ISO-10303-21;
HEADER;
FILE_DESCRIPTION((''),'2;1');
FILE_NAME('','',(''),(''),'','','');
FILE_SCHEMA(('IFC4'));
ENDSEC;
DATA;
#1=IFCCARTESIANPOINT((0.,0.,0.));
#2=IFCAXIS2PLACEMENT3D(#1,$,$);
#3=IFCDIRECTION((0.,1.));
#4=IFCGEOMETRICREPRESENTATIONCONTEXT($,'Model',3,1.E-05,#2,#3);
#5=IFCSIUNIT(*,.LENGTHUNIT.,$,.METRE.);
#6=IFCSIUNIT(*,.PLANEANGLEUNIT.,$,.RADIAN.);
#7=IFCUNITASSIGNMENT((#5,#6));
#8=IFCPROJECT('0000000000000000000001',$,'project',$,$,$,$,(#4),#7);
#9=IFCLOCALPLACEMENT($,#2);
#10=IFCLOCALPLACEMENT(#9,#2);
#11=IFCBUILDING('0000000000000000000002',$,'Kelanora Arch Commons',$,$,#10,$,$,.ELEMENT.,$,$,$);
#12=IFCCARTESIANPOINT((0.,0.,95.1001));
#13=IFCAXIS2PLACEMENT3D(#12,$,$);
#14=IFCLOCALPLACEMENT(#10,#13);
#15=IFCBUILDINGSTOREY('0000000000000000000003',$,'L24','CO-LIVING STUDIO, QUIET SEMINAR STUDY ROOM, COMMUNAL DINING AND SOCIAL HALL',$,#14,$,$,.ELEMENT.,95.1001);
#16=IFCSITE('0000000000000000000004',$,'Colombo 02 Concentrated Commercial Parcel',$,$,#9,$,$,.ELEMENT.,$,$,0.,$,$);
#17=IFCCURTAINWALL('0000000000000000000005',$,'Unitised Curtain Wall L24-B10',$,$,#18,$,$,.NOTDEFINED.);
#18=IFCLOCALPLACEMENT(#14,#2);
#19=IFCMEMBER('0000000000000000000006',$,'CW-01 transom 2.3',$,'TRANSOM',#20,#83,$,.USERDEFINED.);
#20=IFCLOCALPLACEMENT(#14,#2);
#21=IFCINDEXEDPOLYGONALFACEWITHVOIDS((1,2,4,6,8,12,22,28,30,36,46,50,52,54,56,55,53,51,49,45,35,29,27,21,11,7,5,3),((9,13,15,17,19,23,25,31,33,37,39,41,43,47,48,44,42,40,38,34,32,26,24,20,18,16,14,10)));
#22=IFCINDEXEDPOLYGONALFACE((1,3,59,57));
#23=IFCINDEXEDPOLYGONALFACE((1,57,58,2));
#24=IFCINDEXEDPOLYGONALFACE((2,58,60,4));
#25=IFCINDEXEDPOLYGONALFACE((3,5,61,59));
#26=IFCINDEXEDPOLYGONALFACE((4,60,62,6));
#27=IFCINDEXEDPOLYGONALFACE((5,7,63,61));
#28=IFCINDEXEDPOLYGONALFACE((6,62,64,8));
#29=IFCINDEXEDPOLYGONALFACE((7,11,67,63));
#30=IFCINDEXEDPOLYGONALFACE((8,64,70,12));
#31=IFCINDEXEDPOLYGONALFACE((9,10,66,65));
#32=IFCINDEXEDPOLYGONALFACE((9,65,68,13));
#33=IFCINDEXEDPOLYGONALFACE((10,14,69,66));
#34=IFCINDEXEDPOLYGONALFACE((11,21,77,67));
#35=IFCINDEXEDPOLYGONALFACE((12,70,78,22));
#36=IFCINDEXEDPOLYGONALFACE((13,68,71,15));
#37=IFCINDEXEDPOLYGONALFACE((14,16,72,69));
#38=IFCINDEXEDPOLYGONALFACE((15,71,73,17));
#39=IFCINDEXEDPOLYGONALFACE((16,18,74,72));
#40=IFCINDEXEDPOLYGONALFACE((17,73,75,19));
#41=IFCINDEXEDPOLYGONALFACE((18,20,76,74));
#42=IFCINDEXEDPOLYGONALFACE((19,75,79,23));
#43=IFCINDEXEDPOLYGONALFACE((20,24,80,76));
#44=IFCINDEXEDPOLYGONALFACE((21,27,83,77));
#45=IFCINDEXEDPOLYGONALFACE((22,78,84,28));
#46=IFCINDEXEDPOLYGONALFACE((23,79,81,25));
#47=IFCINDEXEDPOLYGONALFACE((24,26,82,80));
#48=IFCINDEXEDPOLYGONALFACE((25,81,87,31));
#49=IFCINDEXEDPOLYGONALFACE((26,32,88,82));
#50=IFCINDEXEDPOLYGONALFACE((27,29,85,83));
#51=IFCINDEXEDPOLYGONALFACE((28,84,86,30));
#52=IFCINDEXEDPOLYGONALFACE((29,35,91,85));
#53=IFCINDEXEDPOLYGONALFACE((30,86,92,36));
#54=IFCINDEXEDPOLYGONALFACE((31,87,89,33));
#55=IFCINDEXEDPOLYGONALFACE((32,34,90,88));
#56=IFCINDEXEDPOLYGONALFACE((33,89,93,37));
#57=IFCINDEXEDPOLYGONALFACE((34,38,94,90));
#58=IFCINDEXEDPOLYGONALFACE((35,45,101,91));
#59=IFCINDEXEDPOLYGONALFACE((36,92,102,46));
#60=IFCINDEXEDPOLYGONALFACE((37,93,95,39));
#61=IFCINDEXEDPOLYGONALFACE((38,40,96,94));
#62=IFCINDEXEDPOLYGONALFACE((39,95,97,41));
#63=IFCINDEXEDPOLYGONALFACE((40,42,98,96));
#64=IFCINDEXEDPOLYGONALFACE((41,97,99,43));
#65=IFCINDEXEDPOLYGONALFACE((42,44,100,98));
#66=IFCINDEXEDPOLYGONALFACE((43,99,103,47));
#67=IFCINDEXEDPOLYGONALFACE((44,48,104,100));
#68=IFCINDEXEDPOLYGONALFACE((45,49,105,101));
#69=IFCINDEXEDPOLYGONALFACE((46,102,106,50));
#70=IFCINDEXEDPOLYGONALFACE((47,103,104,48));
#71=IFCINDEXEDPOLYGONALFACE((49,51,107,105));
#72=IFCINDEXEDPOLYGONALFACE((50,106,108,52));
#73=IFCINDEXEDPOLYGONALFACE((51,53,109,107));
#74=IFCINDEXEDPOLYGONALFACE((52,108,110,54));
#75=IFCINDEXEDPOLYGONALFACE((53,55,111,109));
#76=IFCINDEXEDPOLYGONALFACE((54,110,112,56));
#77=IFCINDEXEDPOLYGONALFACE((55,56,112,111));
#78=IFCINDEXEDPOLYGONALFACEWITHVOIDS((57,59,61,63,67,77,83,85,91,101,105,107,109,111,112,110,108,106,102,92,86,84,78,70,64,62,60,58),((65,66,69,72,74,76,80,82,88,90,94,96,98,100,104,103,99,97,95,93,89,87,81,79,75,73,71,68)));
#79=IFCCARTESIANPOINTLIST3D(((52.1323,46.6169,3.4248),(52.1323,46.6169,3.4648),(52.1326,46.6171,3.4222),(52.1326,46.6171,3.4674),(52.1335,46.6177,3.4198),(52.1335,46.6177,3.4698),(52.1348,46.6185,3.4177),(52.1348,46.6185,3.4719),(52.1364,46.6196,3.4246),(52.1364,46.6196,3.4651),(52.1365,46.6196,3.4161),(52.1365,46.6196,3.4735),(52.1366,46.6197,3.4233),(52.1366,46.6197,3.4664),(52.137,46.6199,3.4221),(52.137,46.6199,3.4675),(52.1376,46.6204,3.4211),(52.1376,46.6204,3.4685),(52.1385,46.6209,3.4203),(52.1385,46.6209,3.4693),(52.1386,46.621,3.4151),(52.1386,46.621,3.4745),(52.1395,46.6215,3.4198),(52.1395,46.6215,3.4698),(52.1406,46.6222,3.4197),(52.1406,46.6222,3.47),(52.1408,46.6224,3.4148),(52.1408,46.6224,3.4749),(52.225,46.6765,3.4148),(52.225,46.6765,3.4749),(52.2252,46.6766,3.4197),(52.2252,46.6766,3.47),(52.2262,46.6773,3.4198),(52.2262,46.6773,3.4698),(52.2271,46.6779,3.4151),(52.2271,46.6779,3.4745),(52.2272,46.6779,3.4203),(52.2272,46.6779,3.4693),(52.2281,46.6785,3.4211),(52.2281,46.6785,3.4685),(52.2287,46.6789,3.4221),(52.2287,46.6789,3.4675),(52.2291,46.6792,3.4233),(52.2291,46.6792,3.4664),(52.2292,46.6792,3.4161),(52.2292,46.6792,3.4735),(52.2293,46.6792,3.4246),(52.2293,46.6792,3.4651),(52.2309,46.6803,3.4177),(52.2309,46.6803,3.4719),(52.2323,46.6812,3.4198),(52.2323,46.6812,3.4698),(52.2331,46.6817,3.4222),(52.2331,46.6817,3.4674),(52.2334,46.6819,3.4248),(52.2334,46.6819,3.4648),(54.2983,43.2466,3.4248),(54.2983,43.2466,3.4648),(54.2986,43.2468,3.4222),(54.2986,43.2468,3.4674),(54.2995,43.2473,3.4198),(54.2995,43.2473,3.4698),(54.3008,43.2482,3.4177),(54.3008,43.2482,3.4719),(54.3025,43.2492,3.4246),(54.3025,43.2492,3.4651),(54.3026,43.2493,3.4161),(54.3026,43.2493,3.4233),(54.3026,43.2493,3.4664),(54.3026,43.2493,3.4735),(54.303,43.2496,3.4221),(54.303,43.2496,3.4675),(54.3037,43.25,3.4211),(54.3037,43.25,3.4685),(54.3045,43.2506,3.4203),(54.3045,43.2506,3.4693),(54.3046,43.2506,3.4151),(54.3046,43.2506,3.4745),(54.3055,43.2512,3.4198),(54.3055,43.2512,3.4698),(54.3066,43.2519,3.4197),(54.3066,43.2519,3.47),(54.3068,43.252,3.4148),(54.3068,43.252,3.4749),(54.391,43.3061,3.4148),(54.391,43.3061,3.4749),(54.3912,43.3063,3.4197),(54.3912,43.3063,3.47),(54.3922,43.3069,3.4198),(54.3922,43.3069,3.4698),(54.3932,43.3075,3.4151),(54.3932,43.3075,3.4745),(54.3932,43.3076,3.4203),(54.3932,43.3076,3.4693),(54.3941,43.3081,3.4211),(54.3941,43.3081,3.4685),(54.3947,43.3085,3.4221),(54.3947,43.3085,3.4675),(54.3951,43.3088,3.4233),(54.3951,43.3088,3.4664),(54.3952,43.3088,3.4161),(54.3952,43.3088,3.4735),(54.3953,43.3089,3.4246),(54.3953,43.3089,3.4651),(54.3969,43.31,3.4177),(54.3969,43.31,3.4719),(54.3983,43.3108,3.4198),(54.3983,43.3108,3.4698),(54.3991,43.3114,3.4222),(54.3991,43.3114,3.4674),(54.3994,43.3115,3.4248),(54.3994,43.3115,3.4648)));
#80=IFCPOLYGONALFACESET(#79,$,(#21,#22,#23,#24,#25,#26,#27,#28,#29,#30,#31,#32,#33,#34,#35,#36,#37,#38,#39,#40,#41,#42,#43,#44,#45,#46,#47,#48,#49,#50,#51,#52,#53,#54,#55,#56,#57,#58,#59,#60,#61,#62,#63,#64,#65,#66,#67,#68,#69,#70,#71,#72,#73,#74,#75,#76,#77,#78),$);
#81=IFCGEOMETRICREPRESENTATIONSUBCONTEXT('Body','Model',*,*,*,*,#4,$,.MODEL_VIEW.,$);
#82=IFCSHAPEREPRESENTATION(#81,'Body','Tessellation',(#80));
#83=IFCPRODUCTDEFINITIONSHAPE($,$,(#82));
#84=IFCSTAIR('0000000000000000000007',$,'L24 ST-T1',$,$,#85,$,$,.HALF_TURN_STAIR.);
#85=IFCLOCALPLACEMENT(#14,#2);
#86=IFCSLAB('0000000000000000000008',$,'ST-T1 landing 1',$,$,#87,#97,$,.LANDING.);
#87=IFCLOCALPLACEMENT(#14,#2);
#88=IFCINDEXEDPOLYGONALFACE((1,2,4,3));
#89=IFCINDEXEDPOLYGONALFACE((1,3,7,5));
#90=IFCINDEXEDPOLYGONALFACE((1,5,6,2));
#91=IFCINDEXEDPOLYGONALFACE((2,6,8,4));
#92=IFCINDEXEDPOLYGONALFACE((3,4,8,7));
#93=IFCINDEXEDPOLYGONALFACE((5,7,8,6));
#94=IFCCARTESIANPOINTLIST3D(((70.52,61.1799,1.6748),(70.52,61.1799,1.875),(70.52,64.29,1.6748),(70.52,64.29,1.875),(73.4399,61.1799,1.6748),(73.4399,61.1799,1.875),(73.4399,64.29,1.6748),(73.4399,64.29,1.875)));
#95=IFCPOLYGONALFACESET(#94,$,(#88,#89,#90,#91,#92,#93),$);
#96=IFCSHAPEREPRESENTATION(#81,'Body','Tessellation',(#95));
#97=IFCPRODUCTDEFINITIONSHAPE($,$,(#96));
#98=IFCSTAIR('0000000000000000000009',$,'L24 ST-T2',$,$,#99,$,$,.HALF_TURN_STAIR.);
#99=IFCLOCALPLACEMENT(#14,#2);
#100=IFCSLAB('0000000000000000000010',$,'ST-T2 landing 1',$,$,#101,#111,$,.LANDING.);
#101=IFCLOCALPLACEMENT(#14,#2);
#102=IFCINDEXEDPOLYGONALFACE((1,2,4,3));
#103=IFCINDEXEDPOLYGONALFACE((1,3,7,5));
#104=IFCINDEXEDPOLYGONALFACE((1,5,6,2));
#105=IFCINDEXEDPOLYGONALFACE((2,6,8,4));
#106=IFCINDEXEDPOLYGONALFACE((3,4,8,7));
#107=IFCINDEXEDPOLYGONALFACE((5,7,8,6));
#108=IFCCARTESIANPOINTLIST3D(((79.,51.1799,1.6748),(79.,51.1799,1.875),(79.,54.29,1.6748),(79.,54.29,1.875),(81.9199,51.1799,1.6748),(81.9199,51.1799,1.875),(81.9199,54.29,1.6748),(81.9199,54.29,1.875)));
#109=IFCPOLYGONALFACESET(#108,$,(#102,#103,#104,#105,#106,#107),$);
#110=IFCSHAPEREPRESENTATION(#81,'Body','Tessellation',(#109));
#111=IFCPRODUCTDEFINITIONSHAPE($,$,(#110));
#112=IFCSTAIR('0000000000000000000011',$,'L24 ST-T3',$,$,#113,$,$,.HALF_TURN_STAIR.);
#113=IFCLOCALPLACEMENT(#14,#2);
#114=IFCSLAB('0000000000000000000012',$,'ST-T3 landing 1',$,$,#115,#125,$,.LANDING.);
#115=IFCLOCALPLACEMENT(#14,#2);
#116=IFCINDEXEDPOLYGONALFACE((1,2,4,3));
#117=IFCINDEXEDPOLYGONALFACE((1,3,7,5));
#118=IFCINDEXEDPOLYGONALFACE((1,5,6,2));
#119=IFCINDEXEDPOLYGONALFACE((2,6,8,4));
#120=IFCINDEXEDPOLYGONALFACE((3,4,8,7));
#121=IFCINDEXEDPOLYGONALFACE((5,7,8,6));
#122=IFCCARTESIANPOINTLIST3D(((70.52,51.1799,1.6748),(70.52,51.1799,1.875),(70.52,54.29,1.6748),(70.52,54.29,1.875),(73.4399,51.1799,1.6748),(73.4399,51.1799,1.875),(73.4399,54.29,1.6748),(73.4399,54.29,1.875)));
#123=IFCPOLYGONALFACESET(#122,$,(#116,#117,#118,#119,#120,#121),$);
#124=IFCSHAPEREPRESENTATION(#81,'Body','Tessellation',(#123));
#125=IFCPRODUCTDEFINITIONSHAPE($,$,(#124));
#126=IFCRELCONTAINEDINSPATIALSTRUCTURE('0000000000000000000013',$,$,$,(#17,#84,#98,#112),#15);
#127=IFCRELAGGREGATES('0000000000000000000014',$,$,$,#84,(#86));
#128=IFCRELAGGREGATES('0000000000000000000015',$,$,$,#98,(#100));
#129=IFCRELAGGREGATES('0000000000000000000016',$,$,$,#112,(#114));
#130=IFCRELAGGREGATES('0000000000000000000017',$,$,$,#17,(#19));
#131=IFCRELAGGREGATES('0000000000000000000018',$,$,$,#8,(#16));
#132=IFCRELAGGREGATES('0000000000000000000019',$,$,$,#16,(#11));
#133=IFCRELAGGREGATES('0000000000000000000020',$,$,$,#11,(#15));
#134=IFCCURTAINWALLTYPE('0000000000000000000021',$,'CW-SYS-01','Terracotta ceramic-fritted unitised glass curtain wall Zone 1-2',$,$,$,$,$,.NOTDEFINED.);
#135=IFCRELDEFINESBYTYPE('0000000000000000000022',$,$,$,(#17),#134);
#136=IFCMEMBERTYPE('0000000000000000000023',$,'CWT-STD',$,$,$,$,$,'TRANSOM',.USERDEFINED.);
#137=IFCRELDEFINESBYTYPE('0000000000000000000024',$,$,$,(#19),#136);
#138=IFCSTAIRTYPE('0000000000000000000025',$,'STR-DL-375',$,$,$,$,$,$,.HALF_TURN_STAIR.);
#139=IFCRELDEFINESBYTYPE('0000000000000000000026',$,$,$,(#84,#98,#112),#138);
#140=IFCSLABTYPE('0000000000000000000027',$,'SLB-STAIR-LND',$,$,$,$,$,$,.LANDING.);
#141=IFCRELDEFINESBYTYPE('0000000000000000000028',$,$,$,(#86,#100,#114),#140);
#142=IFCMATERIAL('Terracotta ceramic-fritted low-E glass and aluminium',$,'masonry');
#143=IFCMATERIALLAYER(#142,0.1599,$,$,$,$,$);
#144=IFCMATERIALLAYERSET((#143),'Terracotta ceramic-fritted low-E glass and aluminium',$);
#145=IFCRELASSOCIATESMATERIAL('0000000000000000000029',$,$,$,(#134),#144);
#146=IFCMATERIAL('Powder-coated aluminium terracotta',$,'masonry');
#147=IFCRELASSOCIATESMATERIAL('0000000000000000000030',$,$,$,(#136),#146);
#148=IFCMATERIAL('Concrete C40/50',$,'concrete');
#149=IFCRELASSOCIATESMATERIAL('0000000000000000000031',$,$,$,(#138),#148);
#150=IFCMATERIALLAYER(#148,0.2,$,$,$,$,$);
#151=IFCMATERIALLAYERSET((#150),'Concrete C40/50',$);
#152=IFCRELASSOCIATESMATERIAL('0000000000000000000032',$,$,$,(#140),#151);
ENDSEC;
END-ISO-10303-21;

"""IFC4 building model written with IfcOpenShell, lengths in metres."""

from ifc_helpers import new_model, si_unit, direction, frame, origin, origin_2d, place, context, subcontext, project, spatial, polyline, hollow_rectangle, outline, extrude, material, layer, layer_set, material_profile, profile_set, type_object, element, aggregate, save


model = new_model("IFC4")

# Units and contexts
model_context = context("Model", 3, precision=1e-05, world=origin(), true_north=direction((0.0, 1.0)))
body_context = subcontext(model_context, "Body", "Model", "MODEL_VIEW")
ifc_project = project(units=[si_unit("LENGTHUNIT", "METRE"), si_unit("PLANEANGLEUNIT", "RADIAN")], contexts=[model_context])

# Site, building, storey
site_placement = place(None, origin())
site = spatial("IfcSite", under=ifc_project, at=site_placement, Name="Colombo 02 Concentrated Commercial Parcel", CompositionType="ELEMENT", RefElevation=0.0)
building_placement = place(site_placement, origin())
building = spatial("IfcBuilding", under=site, at=building_placement, Name="Kelanora Arch Commons", CompositionType="ELEMENT")
storey_placement = place(building_placement, frame((0.0, 0.0, 95.1001)))
storey = spatial("IfcBuildingStorey", under=building, at=storey_placement, Name="L24", Description="CO-LIVING STUDIO, QUIET SEMINAR STUDY ROOM, COMMUNAL DINING AND SOCIAL HALL", CompositionType="ELEMENT", Elevation=95.1001)

# Shared definitions
ifc_material_1 = material(Name="Terracotta ceramic-fritted low-E glass and aluminium", Category="masonry")
ifc_layer_1 = layer(ifc_material_1, 0.1599)
ifc_layer_set_1 = layer_set([ifc_layer_1], Name="Terracotta ceramic-fritted low-E glass and aluminium")
curtain_wall_type = type_object("IfcCurtainWallType", Name="CW-SYS-01", Description="Terracotta ceramic-fritted unitised glass curtain wall Zone 1-2", PredefinedType="NOTDEFINED", material=ifc_layer_set_1)
ifc_material_2 = material(Name="Powder-coated aluminium terracotta", Category="masonry")

# Curtain wall, member
curtain_wall_1_placement = place(storey_placement, origin())
curtain_wall_1 = element("IfcCurtainWall", 1, at=curtain_wall_1_placement, inside=storey, type_object=curtain_wall_type, Name="Unitised Curtain Wall L24-B10", PredefinedType="NOTDEFINED")
ifc_material_profile_1 = material_profile(ifc_material_2, hollow_rectangle(XDim=0.1201, YDim=0.0601, WallThickness=0.0049, InnerFilletRadius=0.0049, OuterFilletRadius=0.01, at=origin_2d()), Name="CWT120x60")
ifc_profile_set_1 = profile_set([ifc_material_profile_1], Name="Powder-coated aluminium terracotta")
member_type_1 = type_object("IfcMemberType", Name="CWT-STD", ElementType="TRANSOM", PredefinedType="USERDEFINED", material=ifc_profile_set_1)
member_1_placement = place(storey_placement, frame((52.1829, 46.6494, 3.4448), z_axis=(0.540644, -0.841252, 0.0), x_axis=(0.841252, 0.540644, 0.0)))
member_1 = element("IfcMember", 2, at=member_1_placement, type_object=member_type_1, Name="CW-01 transom 2.3", ObjectType="TRANSOM", PredefinedType="USERDEFINED", context=body_context, shape_type="SweptSolid", body=[
    extrude(hollow_rectangle(XDim=0.1201, YDim=0.0601, WallThickness=0.0049, InnerFilletRadius=0.0049, OuterFilletRadius=0.01, at=origin_2d()), origin(), (0.0, 0.0, 1.0), 4.0063),
])

# Stairs, slabs
ifc_material_3 = material(Name="Concrete C40/50", Category="concrete")
stair_type = type_object("IfcStairType", Name="STR-DL-375", PredefinedType="HALF_TURN_STAIR", material=ifc_material_3)
stair_1_placement = place(storey_placement, origin())
stair_1 = element("IfcStair", 3, at=stair_1_placement, inside=storey, type_object=stair_type, Name="L24 ST-T1", PredefinedType="HALF_TURN_STAIR")
ifc_layer_2 = layer(ifc_material_3, 0.2)
ifc_layer_set_2 = layer_set([ifc_layer_2], Name="Concrete C40/50")
slab_type_1 = type_object("IfcSlabType", Name="SLB-STAIR-LND", PredefinedType="LANDING", material=ifc_layer_set_2)
slab_1_placement = place(storey_placement, frame((0.0, 0.0, 1.6748)))
slab_1 = element("IfcSlab", 4, at=slab_1_placement, type_object=slab_type_1, Name="ST-T1 landing 1", PredefinedType="LANDING", context=body_context, shape_type="SweptSolid", body=[
    extrude(outline(polyline([(70.52, 61.1799), (73.4399, 61.1799), (73.4399, 64.29), (70.52, 64.29), (70.52, 61.1799)])), origin(), (0.0, 0.0, 1.0), 0.2002),
])
aggregate(stair_1, [slab_1])
stair_2_placement = place(storey_placement, origin())
stair_2 = element("IfcStair", 5, at=stair_2_placement, inside=storey, type_object=stair_type, Name="L24 ST-T2", PredefinedType="HALF_TURN_STAIR")
slab_2_placement = place(storey_placement, frame((0.0, 0.0, 1.6748)))
slab_2 = element("IfcSlab", 6, at=slab_2_placement, type_object=slab_type_1, Name="ST-T2 landing 1", PredefinedType="LANDING", context=body_context, shape_type="SweptSolid", body=[
    extrude(outline(polyline([(79.0, 51.1799), (81.9199, 51.1799), (81.9199, 54.29), (79.0, 54.29), (79.0, 51.1799)])), origin(), (0.0, 0.0, 1.0), 0.2002),
])
aggregate(stair_2, [slab_2])
stair_3_placement = place(storey_placement, origin())
stair_3 = element("IfcStair", 7, at=stair_3_placement, inside=storey, type_object=stair_type, Name="L24 ST-T3", PredefinedType="HALF_TURN_STAIR")
slab_3_placement = place(storey_placement, frame((0.0, 0.0, 1.6748)))
slab_3 = element("IfcSlab", 8, at=slab_3_placement, type_object=slab_type_1, Name="ST-T3 landing 1", PredefinedType="LANDING", context=body_context, shape_type="SweptSolid", body=[
    extrude(outline(polyline([(70.52, 51.1799), (73.4399, 51.1799), (73.4399, 54.29), (70.52, 54.29), (70.52, 51.1799)])), origin(), (0.0, 0.0, 1.0), 0.2002),
])
aggregate(stair_3, [slab_3])

aggregate(curtain_wall_1, [member_1])

save(model, "model.ifc")
